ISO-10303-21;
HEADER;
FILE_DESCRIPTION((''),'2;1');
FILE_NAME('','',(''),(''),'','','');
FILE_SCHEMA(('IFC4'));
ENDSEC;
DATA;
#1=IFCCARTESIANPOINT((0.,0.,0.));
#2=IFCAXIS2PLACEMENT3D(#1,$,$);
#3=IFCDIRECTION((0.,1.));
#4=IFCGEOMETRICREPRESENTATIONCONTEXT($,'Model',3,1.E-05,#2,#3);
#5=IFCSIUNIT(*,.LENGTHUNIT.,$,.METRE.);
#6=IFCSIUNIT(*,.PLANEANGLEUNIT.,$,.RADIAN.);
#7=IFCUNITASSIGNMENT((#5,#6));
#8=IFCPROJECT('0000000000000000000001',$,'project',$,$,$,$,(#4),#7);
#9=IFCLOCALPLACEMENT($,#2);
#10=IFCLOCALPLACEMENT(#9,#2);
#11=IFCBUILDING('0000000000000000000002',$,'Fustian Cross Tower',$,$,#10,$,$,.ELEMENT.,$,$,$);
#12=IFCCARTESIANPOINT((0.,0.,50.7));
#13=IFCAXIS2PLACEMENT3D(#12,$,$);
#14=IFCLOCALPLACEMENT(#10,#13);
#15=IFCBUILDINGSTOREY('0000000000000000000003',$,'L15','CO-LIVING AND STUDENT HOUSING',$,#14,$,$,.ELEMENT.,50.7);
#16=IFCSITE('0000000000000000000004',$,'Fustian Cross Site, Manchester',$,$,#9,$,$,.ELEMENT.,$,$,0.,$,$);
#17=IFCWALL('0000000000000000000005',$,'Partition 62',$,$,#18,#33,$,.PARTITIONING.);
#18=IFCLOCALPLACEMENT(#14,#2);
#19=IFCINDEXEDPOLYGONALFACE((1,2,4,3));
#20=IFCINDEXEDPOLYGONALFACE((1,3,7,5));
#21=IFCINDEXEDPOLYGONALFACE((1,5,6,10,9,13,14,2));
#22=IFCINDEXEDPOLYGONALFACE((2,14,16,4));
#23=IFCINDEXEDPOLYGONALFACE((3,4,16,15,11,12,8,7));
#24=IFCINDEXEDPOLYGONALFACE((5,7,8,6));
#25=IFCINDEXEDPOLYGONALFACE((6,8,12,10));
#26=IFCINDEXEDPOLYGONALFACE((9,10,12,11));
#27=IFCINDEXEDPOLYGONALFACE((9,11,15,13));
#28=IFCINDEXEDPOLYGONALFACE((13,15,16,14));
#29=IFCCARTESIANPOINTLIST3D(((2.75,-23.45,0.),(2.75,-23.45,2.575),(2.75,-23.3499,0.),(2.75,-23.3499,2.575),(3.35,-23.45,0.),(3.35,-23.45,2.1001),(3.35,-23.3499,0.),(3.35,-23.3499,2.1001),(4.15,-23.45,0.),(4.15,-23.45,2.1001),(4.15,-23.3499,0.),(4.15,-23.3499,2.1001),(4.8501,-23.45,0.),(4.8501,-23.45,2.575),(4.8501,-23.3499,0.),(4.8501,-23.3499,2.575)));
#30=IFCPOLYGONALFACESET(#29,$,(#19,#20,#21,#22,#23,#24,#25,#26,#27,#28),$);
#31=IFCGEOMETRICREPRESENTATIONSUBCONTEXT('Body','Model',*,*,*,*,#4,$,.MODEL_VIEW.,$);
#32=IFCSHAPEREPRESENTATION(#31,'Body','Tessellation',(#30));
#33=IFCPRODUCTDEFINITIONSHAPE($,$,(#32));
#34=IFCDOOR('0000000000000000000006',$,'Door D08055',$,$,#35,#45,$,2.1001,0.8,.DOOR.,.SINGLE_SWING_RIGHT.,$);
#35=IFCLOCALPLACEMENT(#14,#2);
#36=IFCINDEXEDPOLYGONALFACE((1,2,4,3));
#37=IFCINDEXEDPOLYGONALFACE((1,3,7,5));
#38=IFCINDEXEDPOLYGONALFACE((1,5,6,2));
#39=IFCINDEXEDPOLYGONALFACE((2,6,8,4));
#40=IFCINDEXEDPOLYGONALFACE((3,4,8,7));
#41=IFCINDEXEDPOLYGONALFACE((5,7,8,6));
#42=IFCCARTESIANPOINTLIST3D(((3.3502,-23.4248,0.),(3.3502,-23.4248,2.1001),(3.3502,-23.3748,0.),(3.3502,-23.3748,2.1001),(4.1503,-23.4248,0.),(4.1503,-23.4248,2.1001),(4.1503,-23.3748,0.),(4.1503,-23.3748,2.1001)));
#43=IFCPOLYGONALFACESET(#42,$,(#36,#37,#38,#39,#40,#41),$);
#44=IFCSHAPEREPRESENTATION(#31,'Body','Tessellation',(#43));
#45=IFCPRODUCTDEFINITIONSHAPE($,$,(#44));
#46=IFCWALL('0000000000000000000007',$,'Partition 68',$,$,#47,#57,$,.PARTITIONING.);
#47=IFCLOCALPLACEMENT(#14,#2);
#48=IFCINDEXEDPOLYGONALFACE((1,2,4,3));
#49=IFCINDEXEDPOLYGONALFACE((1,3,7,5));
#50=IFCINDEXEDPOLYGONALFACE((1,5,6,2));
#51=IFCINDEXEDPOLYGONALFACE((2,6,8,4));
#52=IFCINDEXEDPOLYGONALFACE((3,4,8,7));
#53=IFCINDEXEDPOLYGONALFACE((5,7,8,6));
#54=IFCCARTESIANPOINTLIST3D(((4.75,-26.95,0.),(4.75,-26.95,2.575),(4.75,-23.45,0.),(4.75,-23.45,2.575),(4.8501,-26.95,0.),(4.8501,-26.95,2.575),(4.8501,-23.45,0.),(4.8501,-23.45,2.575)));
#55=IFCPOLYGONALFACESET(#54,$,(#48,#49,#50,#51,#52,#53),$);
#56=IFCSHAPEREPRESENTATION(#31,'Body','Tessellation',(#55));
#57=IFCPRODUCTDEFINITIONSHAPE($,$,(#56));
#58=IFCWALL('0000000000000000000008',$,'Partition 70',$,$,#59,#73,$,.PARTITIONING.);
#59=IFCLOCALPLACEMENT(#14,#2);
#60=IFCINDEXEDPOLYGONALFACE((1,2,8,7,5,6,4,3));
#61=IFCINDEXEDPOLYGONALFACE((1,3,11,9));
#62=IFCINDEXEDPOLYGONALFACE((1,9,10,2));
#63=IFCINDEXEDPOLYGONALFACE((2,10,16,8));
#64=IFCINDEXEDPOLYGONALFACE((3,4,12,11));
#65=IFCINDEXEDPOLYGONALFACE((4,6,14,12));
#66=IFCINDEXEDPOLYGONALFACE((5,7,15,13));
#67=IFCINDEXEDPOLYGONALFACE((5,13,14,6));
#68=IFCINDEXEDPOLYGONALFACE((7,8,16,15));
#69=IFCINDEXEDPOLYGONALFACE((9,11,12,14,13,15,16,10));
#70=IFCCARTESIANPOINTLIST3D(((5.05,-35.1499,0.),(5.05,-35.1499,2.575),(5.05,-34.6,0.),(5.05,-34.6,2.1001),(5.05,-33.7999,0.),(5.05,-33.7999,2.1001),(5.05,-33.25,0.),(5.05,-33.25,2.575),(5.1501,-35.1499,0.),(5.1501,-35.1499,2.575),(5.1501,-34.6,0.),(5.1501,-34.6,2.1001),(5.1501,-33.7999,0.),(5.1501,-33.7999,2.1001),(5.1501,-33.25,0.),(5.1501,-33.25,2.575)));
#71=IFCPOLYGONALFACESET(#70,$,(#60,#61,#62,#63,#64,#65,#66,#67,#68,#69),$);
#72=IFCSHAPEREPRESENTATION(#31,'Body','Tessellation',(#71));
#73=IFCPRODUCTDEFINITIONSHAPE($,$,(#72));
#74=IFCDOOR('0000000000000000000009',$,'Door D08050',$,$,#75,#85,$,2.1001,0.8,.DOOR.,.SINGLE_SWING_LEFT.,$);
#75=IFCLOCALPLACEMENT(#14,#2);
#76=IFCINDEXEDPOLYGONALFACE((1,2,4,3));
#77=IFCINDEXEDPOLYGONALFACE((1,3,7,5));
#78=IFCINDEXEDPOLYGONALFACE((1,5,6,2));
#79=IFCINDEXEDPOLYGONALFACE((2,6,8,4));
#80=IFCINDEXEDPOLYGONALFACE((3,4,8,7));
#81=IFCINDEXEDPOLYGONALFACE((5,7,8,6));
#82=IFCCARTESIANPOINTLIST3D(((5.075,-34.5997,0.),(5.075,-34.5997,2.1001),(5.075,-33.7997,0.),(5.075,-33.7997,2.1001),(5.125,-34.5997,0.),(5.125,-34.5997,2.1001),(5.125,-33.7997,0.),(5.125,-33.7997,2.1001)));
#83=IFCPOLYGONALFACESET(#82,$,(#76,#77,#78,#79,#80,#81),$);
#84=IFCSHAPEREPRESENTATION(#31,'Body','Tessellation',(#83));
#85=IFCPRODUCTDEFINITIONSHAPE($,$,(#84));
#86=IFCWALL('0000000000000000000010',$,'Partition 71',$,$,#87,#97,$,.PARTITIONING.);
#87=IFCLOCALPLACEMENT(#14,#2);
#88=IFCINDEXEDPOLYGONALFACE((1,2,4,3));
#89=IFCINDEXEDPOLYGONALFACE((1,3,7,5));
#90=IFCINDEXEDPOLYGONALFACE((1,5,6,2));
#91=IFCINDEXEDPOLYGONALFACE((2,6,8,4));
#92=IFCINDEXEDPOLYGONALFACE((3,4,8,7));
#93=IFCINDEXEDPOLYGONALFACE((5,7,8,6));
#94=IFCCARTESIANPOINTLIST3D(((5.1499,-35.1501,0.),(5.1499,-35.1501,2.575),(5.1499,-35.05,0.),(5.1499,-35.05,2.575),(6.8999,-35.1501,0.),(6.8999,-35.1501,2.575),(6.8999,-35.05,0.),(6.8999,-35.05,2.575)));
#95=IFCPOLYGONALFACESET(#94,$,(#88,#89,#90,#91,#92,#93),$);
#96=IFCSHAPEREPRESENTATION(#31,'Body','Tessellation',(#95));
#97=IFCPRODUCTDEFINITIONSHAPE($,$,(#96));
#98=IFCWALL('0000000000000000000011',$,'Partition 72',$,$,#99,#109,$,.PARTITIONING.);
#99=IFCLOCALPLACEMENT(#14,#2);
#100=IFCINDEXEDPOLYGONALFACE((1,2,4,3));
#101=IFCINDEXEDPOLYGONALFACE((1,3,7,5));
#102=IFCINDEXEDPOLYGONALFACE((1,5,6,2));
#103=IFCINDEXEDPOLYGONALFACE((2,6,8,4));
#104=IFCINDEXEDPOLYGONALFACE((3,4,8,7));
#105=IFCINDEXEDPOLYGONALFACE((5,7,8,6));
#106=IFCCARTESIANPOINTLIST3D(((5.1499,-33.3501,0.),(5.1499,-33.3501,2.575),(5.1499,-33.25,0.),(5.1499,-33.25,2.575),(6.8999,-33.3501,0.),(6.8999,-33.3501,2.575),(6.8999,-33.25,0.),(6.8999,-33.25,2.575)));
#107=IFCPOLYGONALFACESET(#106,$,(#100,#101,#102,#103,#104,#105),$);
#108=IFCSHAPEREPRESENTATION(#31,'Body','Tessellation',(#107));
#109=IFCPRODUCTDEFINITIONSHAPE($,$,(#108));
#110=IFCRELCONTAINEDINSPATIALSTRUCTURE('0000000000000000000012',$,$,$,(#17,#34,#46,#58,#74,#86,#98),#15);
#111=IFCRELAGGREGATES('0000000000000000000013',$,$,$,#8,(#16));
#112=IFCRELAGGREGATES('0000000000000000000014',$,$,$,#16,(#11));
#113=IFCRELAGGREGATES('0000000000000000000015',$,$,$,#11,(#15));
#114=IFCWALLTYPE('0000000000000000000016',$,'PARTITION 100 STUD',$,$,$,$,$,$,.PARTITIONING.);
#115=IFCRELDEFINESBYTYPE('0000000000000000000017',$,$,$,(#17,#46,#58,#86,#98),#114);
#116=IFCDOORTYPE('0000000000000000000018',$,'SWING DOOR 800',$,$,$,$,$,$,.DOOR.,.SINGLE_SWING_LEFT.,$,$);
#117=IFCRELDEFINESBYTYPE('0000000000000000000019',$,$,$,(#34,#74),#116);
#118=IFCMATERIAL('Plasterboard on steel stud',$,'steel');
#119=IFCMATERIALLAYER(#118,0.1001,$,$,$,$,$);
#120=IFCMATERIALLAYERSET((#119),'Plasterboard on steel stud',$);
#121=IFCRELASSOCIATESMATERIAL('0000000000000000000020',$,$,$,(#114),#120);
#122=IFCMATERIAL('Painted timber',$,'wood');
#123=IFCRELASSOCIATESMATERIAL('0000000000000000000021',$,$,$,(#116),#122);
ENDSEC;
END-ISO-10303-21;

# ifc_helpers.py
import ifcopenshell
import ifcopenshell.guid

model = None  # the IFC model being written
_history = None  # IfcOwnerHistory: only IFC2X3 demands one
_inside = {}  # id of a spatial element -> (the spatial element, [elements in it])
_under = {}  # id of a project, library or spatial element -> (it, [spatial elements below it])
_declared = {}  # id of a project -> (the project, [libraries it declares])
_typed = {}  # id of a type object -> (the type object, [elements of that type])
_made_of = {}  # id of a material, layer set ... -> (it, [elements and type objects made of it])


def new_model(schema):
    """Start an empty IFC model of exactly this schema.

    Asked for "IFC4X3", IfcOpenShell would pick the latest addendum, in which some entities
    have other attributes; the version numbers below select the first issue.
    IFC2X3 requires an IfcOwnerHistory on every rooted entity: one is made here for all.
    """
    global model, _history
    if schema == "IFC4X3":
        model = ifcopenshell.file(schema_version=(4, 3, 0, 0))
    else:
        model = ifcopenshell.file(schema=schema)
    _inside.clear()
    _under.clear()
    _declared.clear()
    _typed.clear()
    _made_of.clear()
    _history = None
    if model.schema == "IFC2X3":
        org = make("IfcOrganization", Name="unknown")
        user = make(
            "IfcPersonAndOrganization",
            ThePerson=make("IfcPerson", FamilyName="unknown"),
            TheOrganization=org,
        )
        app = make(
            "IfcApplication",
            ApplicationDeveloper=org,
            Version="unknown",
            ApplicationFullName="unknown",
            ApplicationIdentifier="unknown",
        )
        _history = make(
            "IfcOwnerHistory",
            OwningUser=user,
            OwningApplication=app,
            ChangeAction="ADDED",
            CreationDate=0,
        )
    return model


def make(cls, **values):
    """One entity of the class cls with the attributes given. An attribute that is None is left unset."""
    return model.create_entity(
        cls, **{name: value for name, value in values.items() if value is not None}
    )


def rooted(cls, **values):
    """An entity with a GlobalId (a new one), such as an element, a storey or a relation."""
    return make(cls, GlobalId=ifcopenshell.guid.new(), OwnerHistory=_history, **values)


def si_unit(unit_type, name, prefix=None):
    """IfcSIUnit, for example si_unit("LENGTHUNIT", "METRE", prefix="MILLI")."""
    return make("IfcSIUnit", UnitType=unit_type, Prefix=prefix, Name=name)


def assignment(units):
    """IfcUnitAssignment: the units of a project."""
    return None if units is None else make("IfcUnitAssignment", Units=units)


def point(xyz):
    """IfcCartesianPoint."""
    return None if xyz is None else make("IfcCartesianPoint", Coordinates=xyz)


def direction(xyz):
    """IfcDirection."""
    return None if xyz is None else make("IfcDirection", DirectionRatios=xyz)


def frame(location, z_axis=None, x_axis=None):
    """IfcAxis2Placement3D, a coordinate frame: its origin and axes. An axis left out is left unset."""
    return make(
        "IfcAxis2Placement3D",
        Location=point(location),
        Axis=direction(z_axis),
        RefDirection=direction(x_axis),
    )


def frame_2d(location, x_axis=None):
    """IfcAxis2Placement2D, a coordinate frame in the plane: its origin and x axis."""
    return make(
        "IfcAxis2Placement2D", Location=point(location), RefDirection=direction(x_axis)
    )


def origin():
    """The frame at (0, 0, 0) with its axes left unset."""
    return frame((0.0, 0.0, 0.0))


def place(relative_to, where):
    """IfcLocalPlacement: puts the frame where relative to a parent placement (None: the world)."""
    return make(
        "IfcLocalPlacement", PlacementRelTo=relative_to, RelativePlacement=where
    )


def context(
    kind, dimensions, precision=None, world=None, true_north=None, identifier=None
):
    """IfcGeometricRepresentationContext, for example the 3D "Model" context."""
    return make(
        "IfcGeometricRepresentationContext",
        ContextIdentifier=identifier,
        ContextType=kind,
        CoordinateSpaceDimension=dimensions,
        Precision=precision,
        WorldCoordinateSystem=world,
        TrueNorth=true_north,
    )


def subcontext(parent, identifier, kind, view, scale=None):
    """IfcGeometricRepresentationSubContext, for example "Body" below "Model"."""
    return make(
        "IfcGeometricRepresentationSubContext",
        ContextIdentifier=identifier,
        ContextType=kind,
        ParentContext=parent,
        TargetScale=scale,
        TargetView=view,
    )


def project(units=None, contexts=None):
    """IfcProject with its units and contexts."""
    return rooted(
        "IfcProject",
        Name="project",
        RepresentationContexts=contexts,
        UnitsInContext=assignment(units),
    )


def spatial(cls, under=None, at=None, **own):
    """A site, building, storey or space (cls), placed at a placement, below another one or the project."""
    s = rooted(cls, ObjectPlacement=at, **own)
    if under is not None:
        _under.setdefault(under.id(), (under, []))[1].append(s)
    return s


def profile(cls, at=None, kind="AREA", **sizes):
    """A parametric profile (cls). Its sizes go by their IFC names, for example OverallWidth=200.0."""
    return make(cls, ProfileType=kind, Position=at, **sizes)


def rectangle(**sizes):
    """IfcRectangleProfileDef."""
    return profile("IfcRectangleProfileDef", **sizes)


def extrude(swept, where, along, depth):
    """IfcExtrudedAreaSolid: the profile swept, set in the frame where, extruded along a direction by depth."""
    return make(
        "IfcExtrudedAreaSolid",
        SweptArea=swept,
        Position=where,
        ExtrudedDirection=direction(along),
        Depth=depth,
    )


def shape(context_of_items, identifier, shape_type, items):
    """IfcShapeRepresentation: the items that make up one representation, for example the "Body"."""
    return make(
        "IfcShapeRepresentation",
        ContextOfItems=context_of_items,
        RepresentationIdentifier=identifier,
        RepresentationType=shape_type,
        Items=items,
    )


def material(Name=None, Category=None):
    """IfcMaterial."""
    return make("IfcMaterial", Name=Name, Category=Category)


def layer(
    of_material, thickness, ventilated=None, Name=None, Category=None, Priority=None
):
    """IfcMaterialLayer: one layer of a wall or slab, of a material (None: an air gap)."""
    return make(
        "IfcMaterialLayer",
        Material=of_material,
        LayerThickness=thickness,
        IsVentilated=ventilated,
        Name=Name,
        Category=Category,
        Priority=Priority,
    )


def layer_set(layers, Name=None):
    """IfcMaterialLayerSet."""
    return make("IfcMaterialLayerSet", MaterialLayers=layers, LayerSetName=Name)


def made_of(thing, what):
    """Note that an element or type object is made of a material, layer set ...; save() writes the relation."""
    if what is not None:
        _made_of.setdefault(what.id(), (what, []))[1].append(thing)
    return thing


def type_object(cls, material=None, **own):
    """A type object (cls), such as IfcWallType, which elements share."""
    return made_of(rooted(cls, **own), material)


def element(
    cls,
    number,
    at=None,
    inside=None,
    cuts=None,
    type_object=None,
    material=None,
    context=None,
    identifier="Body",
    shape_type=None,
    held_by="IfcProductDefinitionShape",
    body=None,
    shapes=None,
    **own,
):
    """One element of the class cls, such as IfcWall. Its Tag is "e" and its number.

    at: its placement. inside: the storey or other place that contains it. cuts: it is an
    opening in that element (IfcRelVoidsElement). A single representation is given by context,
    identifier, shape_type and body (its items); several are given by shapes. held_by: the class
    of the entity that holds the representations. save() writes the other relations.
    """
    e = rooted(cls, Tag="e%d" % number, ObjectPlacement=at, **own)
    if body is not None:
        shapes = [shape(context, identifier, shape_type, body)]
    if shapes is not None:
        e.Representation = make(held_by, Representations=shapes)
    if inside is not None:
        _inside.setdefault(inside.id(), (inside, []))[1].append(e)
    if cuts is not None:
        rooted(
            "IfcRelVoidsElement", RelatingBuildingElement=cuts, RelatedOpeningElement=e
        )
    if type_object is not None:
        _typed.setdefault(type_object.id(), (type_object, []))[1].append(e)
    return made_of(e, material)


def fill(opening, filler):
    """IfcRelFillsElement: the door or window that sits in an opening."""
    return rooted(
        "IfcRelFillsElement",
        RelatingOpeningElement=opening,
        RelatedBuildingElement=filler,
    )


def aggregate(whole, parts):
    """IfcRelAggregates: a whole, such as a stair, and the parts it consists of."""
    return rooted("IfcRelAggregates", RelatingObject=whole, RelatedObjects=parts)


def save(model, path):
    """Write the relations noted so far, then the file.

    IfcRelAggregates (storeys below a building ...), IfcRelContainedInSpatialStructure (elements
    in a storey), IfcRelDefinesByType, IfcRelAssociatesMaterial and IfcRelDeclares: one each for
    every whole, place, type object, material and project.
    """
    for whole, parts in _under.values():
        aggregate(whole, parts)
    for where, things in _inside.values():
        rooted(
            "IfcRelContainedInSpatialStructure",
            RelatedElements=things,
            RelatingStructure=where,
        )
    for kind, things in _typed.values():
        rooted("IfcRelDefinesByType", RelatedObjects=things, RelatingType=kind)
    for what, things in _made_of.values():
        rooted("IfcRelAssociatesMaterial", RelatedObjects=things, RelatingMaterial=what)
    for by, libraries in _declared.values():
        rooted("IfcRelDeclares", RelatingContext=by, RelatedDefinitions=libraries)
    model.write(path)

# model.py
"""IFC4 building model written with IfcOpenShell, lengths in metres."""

from ifc_helpers import new_model, si_unit, direction, frame, frame_2d, origin, place, context, subcontext, project, spatial, rectangle, extrude, material, layer, layer_set, type_object, element, fill, save


model = new_model("IFC4")

# Units and contexts
model_context = context("Model", 3, precision=1e-05, world=origin(), true_north=direction((0.0, 1.0)))
body_context = subcontext(model_context, "Body", "Model", "MODEL_VIEW")
ifc_project = project(units=[si_unit("LENGTHUNIT", "METRE"), si_unit("PLANEANGLEUNIT", "RADIAN")], contexts=[model_context])

# Site, building, storey
site_placement = place(None, origin())
site = spatial("IfcSite", under=ifc_project, at=site_placement, Name="Fustian Cross Site, Manchester", CompositionType="ELEMENT", RefElevation=0.0)
building_placement = place(site_placement, origin())
building = spatial("IfcBuilding", under=site, at=building_placement, Name="Fustian Cross Tower", CompositionType="ELEMENT")
storey_placement = place(building_placement, frame((0.0, 0.0, 50.7)))
storey = spatial("IfcBuildingStorey", under=building, at=storey_placement, Name="L15", Description="CO-LIVING AND STUDENT HOUSING", CompositionType="ELEMENT", Elevation=50.7)

# Shared definitions
ifc_material_1 = material(Name="Plasterboard on steel stud", Category="steel")
ifc_layer = layer(ifc_material_1, 0.1001)
ifc_layer_set = layer_set([ifc_layer], Name="Plasterboard on steel stud")
wall_type = type_object("IfcWallType", Name="PARTITION 100 STUD", PredefinedType="PARTITIONING", material=ifc_layer_set)

# Shared definitions
ifc_material_2 = material(Name="Painted timber", Category="wood")
door_type_1 = type_object("IfcDoorType", Name="SWING DOOR 800", OperationType="SINGLE_SWING_LEFT", PredefinedType="DOOR", material=ifc_material_2)

# Wall, opening, door
wall_1_placement = place(storey_placement, frame((2.75, -23.3999, 0.0), z_axis=(0.0, 0.0, 1.0), x_axis=(1.0, 0.0, 0.0)))
wall_1 = element("IfcWall", 1, at=wall_1_placement, inside=storey, type_object=wall_type, Name="Partition 62", PredefinedType="PARTITIONING", context=body_context, shape_type="SweptSolid", body=[
    extrude(rectangle(XDim=2.1001, YDim=0.1001, at=frame_2d((1.05, 0.0))), origin(), (0.0, 0.0, 1.0), 2.575),
])
opening_1_placement = place(wall_1_placement, frame((0.6001, 0.0, 0.0)))
opening_1 = element("IfcOpeningElement", 2, at=opening_1_placement, cuts=wall_1, PredefinedType="OPENING", context=body_context, shape_type="SweptSolid", body=[
    extrude(rectangle(XDim=0.8, YDim=2.1001, at=frame_2d((0.3999, 1.05))), frame((0.0, 0.0601, 0.0), z_axis=(0.0, -1.0, 0.0), x_axis=(1.0, 0.0, 0.0)), (0.0, 0.0, 1.0), 0.1201),
])
door_1_placement = place(opening_1_placement, frame((0.8, 0.0, 0.0), z_axis=(0.0, 0.0, 1.0), x_axis=(-1.0, 0.0, 0.0)))
door_1 = element("IfcDoor", 3, at=door_1_placement, inside=storey, type_object=door_type_1, Name="Door D08055", OperationType="SINGLE_SWING_RIGHT", OverallHeight=2.1001, OverallWidth=0.8, PredefinedType="DOOR", context=body_context, shape_type="SweptSolid", body=[
    extrude(rectangle(XDim=0.8, YDim=2.1001, at=frame_2d((0.3999, 1.05))), frame((0.0, 0.0249, 0.0), z_axis=(0.0, -1.0, 0.0), x_axis=(1.0, 0.0, 0.0)), (0.0, 0.0, 1.0), 0.05),
])
fill(opening_1, door_1)

# Wall
wall_2_placement = place(storey_placement, frame((4.8, -26.95, 0.0), z_axis=(0.0, 0.0, 1.0), x_axis=(0.0, 1.0, 0.0)))
element("IfcWall", 4, at=wall_2_placement, inside=storey, type_object=wall_type, Name="Partition 68", PredefinedType="PARTITIONING", context=body_context, shape_type="SweptSolid", body=[
    extrude(rectangle(XDim=3.5, YDim=0.1001, at=frame_2d((1.75, 0.0))), origin(), (0.0, 0.0, 1.0), 2.575),
])

# Wall, opening, door
wall_3_placement = place(storey_placement, frame((5.1001, -35.1499, 0.0), z_axis=(0.0, 0.0, 1.0), x_axis=(0.0, 1.0, 0.0)))
wall_3 = element("IfcWall", 5, at=wall_3_placement, inside=storey, type_object=wall_type, Name="Partition 70", PredefinedType="PARTITIONING", context=body_context, shape_type="SweptSolid", body=[
    extrude(rectangle(XDim=1.8999, YDim=0.1001, at=frame_2d((0.95, 0.0))), origin(), (0.0, 0.0, 1.0), 2.575),
])
opening_2_placement = place(wall_3_placement, frame((0.55, 0.0, 0.0)))
opening_2 = element("IfcOpeningElement", 6, at=opening_2_placement, cuts=wall_3, PredefinedType="OPENING", context=body_context, shape_type="SweptSolid", body=[
    extrude(rectangle(XDim=0.8, YDim=2.1001, at=frame_2d((0.3999, 1.05))), frame((0.0, 0.0601, 0.0), z_axis=(0.0, -1.0, 0.0), x_axis=(1.0, 0.0, 0.0)), (0.0, 0.0, 1.0), 0.1201),
])
door_2_placement = place(opening_2_placement, frame((0.8, 0.0, 0.0), z_axis=(0.0, 0.0, 1.0), x_axis=(-1.0, 0.0, 0.0)))
door_2 = element("IfcDoor", 7, at=door_2_placement, inside=storey, type_object=door_type_1, Name="Door D08050", OperationType="SINGLE_SWING_LEFT", OverallHeight=2.1001, OverallWidth=0.8, PredefinedType="DOOR", context=body_context, shape_type="SweptSolid", body=[
    extrude(rectangle(XDim=0.8, YDim=2.1001, at=frame_2d((0.3999, 1.05))), frame((0.0, 0.0249, 0.0), z_axis=(0.0, -1.0, 0.0), x_axis=(1.0, 0.0, 0.0)), (0.0, 0.0, 1.0), 0.05),
])
fill(opening_2, door_2)

# Walls
for number, where, z_axis, x_axis, name in (
    (8, (5.1499, -35.1001, 0.0), (0.0, 0.0, 1.0), (1.0, 0.0, 0.0), "Partition 71"),
    (9, (5.1499, -33.3, 0.0), (0.0, 0.0, 1.0), (1.0, 0.0, 0.0), "Partition 72"),
):
    element("IfcWall", number, at=place(storey_placement, frame(where, z_axis=z_axis, x_axis=x_axis)), inside=storey, type_object=wall_type, Name=name, PredefinedType="PARTITIONING", context=body_context, shape_type="SweptSolid", body=[
        extrude(rectangle(XDim=1.75, YDim=0.1001, at=frame_2d((0.875, 0.0))), origin(), (0.0, 0.0, 1.0), 2.575),
    ])

save(model, "model.ifc")
